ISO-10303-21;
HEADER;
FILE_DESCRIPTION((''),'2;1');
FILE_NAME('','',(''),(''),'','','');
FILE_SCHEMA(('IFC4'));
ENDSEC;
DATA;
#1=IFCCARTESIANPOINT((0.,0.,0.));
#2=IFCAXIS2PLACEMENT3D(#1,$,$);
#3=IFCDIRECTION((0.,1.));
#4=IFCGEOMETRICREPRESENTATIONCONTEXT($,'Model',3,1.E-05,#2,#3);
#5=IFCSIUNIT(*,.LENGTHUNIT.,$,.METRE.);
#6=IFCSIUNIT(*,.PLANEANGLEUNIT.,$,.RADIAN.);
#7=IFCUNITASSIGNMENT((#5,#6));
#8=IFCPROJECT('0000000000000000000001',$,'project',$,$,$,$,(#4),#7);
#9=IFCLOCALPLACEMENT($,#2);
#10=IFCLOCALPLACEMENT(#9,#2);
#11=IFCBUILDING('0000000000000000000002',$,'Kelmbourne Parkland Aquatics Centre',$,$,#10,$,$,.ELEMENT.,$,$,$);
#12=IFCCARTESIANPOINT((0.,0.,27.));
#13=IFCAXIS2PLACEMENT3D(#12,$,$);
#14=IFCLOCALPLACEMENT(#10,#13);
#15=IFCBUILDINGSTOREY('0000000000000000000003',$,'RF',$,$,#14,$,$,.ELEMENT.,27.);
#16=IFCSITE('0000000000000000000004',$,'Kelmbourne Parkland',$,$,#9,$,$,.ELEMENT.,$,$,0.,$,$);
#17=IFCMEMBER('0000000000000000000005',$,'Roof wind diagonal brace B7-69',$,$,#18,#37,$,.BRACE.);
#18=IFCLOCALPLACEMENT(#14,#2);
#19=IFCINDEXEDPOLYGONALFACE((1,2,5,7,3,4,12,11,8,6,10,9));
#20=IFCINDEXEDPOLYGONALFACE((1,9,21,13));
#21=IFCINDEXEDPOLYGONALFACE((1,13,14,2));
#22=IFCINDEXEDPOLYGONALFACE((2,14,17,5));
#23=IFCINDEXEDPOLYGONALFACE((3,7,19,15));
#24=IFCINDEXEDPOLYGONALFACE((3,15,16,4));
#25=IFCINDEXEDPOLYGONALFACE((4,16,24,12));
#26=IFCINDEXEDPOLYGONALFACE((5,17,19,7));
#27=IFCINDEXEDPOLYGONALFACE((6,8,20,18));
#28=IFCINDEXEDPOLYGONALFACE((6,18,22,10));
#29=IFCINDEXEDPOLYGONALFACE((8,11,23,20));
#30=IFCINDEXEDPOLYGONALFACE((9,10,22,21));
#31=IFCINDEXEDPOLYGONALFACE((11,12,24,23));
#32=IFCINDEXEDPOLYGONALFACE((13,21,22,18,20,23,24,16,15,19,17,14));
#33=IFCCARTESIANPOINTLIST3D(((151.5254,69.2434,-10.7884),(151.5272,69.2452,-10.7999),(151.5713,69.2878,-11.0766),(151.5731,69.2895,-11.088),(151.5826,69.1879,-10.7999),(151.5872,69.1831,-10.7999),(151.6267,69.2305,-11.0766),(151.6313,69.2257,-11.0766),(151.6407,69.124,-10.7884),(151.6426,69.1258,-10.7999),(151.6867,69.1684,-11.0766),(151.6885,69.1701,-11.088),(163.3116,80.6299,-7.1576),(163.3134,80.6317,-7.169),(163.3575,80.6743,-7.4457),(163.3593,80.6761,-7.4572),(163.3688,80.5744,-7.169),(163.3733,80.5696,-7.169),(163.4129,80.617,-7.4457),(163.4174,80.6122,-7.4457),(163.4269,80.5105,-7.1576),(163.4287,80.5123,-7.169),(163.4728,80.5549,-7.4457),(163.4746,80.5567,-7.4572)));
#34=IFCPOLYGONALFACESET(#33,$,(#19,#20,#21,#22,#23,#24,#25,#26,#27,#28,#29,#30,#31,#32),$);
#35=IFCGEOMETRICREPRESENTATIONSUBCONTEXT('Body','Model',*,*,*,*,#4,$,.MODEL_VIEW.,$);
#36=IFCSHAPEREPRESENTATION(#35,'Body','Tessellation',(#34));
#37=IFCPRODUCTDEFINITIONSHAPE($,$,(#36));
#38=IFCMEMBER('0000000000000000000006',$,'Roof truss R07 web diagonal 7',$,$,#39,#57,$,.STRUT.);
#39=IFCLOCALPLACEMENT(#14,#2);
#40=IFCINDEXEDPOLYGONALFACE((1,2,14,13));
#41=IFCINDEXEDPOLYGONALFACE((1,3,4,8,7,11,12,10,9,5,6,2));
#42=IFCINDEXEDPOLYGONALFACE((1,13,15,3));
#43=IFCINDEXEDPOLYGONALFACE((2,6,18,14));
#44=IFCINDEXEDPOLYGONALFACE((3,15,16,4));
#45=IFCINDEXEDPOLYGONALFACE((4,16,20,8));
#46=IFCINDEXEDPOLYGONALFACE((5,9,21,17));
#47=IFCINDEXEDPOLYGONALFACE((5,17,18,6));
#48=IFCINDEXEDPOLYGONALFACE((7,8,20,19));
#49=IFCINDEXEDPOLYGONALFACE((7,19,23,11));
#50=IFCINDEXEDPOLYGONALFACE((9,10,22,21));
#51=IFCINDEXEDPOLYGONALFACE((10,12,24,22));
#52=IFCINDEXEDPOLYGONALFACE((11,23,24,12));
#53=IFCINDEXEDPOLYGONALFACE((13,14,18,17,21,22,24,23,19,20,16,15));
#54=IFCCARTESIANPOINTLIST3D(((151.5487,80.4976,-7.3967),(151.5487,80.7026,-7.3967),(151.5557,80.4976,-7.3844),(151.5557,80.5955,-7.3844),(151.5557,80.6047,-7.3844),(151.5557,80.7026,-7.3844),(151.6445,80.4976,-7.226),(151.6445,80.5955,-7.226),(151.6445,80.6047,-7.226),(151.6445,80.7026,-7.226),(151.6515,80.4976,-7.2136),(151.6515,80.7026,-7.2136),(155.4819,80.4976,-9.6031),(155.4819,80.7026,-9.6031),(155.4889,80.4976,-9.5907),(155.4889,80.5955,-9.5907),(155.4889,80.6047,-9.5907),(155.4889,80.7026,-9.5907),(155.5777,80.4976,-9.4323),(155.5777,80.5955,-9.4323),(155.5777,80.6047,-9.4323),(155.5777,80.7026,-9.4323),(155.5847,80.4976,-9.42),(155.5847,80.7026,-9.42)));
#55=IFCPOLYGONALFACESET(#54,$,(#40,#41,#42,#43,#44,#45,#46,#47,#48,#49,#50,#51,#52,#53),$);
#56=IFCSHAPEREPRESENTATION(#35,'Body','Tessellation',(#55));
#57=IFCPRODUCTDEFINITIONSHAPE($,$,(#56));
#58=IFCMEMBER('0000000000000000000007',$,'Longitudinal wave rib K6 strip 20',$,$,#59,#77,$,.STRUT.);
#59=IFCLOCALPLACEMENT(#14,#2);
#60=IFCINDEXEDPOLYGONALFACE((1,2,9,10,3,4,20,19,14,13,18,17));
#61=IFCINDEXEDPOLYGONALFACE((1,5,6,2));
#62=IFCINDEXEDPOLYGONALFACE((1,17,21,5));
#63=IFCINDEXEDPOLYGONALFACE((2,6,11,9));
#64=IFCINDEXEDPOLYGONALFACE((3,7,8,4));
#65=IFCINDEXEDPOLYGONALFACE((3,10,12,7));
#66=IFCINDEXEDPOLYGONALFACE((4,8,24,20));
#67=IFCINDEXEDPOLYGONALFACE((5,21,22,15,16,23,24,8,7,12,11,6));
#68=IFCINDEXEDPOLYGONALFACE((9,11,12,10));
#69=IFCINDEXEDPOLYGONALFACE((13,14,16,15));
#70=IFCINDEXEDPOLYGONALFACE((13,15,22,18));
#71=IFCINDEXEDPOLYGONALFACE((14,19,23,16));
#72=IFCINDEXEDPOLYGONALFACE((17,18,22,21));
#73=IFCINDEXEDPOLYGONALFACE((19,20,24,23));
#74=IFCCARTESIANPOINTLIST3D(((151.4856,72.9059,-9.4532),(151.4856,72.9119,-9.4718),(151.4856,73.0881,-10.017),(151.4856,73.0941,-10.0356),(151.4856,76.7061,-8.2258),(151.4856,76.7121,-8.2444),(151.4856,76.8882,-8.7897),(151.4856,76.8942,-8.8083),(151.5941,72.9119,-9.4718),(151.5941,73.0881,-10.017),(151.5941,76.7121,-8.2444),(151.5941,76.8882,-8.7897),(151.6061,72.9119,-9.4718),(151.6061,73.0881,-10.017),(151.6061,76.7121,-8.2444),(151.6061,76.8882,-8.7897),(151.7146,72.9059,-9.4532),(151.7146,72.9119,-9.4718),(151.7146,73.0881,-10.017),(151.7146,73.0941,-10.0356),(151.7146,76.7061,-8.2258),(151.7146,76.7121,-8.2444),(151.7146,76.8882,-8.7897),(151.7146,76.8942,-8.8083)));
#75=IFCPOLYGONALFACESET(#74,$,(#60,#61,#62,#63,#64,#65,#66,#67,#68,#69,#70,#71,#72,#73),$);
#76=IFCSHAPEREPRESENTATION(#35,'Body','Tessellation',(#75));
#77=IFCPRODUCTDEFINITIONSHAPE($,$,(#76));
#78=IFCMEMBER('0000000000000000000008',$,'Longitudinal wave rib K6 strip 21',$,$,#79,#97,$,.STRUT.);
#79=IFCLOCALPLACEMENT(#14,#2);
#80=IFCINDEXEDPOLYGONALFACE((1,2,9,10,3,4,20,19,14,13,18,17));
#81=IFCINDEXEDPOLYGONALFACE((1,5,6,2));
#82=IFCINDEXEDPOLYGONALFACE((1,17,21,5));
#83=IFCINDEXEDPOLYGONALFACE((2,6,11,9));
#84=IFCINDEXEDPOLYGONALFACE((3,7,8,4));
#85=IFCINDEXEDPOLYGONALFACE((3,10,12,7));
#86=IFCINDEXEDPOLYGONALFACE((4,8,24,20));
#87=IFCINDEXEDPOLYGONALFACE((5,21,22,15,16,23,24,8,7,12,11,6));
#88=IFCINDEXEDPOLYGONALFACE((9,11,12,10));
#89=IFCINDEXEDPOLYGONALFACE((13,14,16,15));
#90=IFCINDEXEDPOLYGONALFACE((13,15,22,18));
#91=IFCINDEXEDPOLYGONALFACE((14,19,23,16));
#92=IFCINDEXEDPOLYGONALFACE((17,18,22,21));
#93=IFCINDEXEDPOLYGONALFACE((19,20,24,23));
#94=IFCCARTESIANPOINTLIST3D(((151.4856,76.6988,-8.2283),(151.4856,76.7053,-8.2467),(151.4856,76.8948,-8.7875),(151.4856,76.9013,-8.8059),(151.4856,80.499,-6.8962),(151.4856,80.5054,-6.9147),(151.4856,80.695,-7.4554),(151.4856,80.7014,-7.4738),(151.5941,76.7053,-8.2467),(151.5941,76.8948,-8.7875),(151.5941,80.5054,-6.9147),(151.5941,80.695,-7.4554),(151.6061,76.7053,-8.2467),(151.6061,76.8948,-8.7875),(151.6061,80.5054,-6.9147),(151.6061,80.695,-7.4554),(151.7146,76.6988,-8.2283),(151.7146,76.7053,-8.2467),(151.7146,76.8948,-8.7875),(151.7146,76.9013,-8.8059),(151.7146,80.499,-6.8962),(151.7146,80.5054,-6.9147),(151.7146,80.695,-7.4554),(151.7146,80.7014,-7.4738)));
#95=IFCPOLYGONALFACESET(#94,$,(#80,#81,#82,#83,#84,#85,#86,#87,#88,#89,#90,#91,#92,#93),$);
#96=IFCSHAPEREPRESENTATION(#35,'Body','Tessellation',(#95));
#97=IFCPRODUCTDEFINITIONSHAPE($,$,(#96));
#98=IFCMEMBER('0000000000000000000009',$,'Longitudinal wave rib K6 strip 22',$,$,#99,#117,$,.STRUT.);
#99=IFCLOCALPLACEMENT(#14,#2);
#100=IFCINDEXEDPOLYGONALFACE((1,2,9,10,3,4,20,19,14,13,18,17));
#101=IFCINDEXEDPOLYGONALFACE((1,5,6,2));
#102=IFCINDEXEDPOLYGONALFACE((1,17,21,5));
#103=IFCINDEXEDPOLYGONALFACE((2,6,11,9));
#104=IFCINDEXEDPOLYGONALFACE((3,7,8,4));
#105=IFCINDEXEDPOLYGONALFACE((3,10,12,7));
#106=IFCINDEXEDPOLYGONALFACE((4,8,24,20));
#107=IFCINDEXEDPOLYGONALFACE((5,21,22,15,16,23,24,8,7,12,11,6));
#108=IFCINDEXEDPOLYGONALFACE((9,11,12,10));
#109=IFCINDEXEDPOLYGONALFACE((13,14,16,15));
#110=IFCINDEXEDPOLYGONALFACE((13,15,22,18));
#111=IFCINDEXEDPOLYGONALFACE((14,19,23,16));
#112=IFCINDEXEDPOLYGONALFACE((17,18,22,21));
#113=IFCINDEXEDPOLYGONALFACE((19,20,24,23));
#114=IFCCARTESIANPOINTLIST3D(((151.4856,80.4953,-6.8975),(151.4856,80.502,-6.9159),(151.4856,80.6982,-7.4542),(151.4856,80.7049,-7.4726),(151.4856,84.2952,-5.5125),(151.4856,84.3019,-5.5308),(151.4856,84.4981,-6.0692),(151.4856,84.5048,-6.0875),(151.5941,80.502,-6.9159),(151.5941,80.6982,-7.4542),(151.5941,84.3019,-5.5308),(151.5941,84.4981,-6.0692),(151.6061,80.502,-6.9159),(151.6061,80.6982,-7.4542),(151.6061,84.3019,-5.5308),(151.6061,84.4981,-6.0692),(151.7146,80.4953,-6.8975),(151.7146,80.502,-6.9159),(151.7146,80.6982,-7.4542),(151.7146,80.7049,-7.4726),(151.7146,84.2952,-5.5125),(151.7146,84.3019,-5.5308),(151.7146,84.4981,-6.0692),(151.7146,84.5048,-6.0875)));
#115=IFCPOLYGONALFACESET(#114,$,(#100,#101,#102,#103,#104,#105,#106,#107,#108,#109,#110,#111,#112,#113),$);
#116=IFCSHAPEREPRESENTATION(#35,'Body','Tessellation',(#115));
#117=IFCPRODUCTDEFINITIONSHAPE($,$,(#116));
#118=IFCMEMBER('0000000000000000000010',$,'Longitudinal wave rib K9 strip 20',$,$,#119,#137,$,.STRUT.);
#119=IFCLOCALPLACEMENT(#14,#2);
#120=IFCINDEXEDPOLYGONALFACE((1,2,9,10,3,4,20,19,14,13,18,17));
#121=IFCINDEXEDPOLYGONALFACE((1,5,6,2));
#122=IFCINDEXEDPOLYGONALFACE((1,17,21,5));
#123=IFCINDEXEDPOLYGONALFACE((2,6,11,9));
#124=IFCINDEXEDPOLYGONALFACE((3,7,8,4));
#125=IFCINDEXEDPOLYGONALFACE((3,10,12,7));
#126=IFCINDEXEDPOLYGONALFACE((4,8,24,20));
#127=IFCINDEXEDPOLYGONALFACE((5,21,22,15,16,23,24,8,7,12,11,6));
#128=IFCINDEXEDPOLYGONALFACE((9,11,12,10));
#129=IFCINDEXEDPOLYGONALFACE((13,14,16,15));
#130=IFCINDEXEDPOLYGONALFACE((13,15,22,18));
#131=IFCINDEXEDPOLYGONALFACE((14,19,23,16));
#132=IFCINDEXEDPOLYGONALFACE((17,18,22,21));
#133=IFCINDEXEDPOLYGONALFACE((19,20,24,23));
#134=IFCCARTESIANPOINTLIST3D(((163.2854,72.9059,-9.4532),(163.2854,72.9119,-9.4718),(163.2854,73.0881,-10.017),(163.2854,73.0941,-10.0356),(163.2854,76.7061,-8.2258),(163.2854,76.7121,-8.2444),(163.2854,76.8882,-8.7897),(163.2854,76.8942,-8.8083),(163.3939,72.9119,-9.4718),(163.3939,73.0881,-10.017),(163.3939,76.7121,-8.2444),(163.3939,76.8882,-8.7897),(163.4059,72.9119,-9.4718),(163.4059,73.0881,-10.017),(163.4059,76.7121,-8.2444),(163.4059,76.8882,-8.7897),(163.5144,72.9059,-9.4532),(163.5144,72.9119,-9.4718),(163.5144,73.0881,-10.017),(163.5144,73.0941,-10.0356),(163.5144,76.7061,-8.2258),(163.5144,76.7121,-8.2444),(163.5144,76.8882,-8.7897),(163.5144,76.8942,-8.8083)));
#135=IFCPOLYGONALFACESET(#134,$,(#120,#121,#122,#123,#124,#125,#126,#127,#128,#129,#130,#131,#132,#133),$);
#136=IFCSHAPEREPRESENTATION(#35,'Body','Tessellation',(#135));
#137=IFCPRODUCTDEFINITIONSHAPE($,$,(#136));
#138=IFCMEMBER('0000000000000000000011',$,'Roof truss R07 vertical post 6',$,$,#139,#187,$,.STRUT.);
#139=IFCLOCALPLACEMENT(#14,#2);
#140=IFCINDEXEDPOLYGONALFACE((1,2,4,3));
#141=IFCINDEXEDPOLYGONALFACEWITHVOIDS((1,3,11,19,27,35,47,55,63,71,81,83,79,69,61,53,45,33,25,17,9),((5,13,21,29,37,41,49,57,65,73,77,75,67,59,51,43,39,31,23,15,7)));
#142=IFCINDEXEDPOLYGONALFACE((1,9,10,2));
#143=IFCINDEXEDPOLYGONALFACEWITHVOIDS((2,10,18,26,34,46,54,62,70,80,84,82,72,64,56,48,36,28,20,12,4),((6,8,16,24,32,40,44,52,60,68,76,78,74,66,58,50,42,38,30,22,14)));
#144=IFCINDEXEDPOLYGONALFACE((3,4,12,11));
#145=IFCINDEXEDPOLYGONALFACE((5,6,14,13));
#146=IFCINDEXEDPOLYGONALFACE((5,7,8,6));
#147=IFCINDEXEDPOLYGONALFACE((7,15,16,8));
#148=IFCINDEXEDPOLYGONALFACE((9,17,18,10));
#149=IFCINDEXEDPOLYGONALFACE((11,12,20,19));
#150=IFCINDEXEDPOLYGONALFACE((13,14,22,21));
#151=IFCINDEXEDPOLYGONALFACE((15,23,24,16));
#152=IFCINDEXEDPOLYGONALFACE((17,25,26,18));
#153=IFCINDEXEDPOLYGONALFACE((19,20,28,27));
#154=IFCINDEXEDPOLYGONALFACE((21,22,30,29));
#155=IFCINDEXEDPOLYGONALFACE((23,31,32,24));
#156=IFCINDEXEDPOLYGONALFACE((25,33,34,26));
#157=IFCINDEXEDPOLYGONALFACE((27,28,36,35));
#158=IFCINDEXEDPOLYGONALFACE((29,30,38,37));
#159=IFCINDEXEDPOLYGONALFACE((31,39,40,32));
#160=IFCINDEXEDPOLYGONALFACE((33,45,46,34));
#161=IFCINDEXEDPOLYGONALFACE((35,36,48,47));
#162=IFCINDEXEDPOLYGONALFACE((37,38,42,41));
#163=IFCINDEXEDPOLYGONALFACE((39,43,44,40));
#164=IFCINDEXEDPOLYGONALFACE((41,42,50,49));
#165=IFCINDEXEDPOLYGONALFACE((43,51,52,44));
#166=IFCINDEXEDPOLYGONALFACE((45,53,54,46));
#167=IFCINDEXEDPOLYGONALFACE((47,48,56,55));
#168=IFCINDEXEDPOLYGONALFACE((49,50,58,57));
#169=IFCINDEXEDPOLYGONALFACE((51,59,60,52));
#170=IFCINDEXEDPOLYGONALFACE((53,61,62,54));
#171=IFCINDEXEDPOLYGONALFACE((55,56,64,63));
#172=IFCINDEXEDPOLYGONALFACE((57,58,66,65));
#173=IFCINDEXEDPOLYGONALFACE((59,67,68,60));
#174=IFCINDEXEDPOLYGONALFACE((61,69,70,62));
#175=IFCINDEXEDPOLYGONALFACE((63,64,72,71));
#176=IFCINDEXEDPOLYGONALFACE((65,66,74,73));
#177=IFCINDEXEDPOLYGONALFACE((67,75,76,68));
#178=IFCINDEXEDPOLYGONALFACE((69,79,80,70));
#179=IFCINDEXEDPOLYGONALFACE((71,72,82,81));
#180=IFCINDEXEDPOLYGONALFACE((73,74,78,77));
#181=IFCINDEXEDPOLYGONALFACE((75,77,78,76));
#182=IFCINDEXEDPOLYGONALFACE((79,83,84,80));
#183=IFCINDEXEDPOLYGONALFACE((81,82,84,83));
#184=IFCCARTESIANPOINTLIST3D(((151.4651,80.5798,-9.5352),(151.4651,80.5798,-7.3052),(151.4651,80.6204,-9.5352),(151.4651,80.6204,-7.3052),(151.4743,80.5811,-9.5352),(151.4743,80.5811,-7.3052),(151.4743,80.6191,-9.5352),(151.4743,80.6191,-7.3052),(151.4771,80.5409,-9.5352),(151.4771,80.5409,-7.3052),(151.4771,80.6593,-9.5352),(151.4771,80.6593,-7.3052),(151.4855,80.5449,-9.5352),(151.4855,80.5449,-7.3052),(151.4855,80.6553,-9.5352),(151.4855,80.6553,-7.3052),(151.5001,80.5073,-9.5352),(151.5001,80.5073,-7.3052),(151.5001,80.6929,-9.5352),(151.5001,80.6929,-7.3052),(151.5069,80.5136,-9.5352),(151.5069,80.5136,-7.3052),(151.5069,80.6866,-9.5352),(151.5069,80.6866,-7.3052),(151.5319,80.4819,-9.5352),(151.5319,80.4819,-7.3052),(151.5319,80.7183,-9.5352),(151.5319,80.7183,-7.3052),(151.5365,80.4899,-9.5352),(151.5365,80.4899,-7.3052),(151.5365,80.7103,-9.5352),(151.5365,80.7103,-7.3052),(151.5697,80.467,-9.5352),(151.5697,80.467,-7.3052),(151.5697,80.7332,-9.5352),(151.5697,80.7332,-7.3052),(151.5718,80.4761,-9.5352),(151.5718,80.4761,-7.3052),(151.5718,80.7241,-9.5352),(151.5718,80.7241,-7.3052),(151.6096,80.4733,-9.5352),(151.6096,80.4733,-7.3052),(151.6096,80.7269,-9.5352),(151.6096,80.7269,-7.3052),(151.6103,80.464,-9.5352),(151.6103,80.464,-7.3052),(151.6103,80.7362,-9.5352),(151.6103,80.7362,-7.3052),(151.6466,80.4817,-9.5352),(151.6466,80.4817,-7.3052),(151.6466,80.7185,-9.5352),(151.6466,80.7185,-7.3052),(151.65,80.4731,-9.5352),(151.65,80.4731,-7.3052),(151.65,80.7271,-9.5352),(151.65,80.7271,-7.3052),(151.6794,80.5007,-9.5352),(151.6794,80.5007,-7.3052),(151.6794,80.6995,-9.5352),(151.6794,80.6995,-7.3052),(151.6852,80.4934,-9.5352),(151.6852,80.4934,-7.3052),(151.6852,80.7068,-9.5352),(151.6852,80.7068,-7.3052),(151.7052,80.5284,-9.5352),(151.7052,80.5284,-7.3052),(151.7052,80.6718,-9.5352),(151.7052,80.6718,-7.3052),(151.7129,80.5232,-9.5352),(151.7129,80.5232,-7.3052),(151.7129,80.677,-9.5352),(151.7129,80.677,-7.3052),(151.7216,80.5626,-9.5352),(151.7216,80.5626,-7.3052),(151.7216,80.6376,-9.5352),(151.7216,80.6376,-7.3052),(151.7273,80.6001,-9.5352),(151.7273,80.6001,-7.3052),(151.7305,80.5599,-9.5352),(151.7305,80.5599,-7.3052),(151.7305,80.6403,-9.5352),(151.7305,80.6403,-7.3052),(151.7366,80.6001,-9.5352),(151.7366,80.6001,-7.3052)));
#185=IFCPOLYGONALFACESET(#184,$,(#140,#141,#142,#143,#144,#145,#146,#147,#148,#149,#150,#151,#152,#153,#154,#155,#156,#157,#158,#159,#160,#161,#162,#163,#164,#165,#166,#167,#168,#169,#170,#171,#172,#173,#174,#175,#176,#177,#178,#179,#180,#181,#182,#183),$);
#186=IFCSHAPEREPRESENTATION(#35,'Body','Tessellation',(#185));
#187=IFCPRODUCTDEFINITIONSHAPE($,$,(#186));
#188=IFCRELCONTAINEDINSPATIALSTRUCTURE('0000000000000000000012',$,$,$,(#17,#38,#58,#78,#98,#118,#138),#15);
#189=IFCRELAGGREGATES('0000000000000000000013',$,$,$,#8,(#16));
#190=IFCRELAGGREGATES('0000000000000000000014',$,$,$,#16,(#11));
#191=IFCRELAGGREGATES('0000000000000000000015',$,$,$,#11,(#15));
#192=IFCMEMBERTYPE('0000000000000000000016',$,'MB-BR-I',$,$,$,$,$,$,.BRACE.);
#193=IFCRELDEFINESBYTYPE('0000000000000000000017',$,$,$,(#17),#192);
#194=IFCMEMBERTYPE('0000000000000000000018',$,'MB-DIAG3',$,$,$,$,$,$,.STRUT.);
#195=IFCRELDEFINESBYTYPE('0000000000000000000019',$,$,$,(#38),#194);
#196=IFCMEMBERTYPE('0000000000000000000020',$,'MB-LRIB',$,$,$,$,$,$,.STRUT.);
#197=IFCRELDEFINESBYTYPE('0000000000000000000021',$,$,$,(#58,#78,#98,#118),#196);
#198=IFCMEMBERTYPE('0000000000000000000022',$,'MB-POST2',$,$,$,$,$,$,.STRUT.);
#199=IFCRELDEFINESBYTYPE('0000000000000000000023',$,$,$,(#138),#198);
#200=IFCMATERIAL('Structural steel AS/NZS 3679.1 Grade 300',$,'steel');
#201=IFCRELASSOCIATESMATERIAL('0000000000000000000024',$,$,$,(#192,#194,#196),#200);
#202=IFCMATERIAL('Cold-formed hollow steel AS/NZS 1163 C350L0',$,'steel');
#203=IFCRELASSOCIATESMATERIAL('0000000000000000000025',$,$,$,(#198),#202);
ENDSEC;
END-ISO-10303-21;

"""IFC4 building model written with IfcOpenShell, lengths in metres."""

from ifc_helpers import new_model, si_unit, direction, frame, origin, origin_2d, place, context, subcontext, project, spatial, hollow_circle, i_section, extrude, material, material_profile, profile_set, type_object, element, save


model = new_model("IFC4")

# Units and contexts
model_context = context("Model", 3, precision=1e-05, world=origin(), true_north=direction((0.0, 1.0)))
body_context = subcontext(model_context, "Body", "Model", "MODEL_VIEW")
ifc_project = project(units=[si_unit("LENGTHUNIT", "METRE"), si_unit("PLANEANGLEUNIT", "RADIAN")], contexts=[model_context])

# Site, building, storey
site_placement = place(None, origin())
site = spatial("IfcSite", under=ifc_project, at=site_placement, Name="Kelmbourne Parkland", CompositionType="ELEMENT", RefElevation=0.0)
building_placement = place(site_placement, origin())
building = spatial("IfcBuilding", under=site, at=building_placement, Name="Kelmbourne Parkland Aquatics Centre", CompositionType="ELEMENT")
storey_placement = place(building_placement, frame((0.0, 0.0, 27.0)))
storey = spatial("IfcBuildingStorey", under=building, at=storey_placement, Name="RF", CompositionType="ELEMENT", Elevation=27.0)

# Members
ifc_material_1 = material(Name="Structural steel AS/NZS 3679.1 Grade 300", Category="steel")
ifc_material_profile_1 = material_profile(ifc_material_1, i_section(OverallWidth=0.166, OverallDepth=0.3069, WebThickness=0.0066, FlangeThickness=0.0117, at=origin_2d()), Name="310UB46.2")
ifc_profile_set_1 = profile_set([ifc_material_profile_1], Name="Structural steel AS/NZS 3679.1 Grade 300")
member_type_1 = type_object("IfcMemberType", Name="MB-BR-I", PredefinedType="BRACE", material=ifc_profile_set_1)
member_1_placement = place(storey_placement, frame((151.6069, 69.2068, -10.9382), z_axis=(0.702168, 0.678358, 0.216311), x_axis=(-0.694808, 0.719195, 0.0)))
element("IfcMember", 1, at=member_1_placement, inside=storey, type_object=member_type_1, Name="Roof wind diagonal brace B7-69", PredefinedType="BRACE", context=body_context, shape_type="SweptSolid", body=[
    extrude(i_section(OverallWidth=0.166, OverallDepth=0.3069, WebThickness=0.0066, FlangeThickness=0.0117, at=origin_2d()), origin(), (0.0, 0.0, 1.0), 16.7854),
])
ifc_material_profile_2 = material_profile(ifc_material_1, i_section(OverallWidth=0.2051, OverallDepth=0.21, WebThickness=0.0093, FlangeThickness=0.0142, at=origin_2d()), Name="200UC59.5")
ifc_profile_set_2 = profile_set([ifc_material_profile_2], Name="Structural steel AS/NZS 3679.1 Grade 300")
member_type_2 = type_object("IfcMemberType", Name="MB-DIAG3", PredefinedType="STRUT", material=ifc_profile_set_2)
member_2_placement = place(storey_placement, frame((151.6001, 80.6001, -7.3052), z_axis=(0.87215, 0.0, -0.489238), x_axis=(0.0, 1.0, 0.0)))
element("IfcMember", 2, at=member_2_placement, inside=storey, type_object=member_type_2, Name="Roof truss R07 web diagonal 7", PredefinedType="STRUT", context=body_context, shape_type="SweptSolid", body=[
    extrude(i_section(OverallWidth=0.2051, OverallDepth=0.21, WebThickness=0.0093, FlangeThickness=0.0142, at=origin_2d()), origin(), (0.0, 0.0, 1.0), 4.5098),
])
ifc_material_profile_3 = material_profile(ifc_material_1, i_section(OverallWidth=0.229, OverallDepth=0.6121, WebThickness=0.012, FlangeThickness=0.0195, at=origin_2d()), Name="610UB125")
ifc_profile_set_3 = profile_set([ifc_material_profile_3], Name="Structural steel AS/NZS 3679.1 Grade 300")
member_type_3 = type_object("IfcMemberType", Name="MB-LRIB", PredefinedType="STRUT", material=ifc_profile_set_3)
member_3_placement = place(storey_placement, frame((151.6001, 73.0, -9.7444), z_axis=(0.0, 0.951601, 0.307337), x_axis=(-1.0, 0.0, 0.0)))
element("IfcMember", 3, at=member_3_placement, inside=storey, type_object=member_type_3, Name="Longitudinal wave rib K6 strip 20", PredefinedType="STRUT", context=body_context, shape_type="SweptSolid", body=[
    extrude(i_section(OverallWidth=0.229, OverallDepth=0.6121, WebThickness=0.012, FlangeThickness=0.0195, at=origin_2d()), origin(), (0.0, 0.0, 1.0), 3.9934),
])
member_4_placement = place(storey_placement, frame((151.6001, 76.8, -8.5171), z_axis=(0.0, 0.943702, 0.330796), x_axis=(-1.0, 0.0, 0.0)))
element("IfcMember", 4, at=member_4_placement, inside=storey, type_object=member_type_3, Name="Longitudinal wave rib K6 strip 21", PredefinedType="STRUT", context=body_context, shape_type="SweptSolid", body=[
    extrude(i_section(OverallWidth=0.229, OverallDepth=0.6121, WebThickness=0.012, FlangeThickness=0.0195, at=origin_2d()), origin(), (0.0, 0.0, 1.0), 4.0269),
])
member_5_placement = place(storey_placement, frame((151.6001, 80.6001, -7.1851), z_axis=(0.0, 0.939534, 0.342455), x_axis=(-1.0, 0.0, 0.0)))
element("IfcMember", 5, at=member_5_placement, inside=storey, type_object=member_type_3, Name="Longitudinal wave rib K6 strip 22", PredefinedType="STRUT", context=body_context, shape_type="SweptSolid", body=[
    extrude(i_section(OverallWidth=0.229, OverallDepth=0.6121, WebThickness=0.012, FlangeThickness=0.0195, at=origin_2d()), origin(), (0.0, 0.0, 1.0), 4.0444),
])
member_6_placement = place(storey_placement, frame((163.3999, 73.0, -9.7444), z_axis=(0.0, 0.951601, 0.307337), x_axis=(-1.0, 0.0, 0.0)))
element("IfcMember", 6, at=member_6_placement, inside=storey, type_object=member_type_3, Name="Longitudinal wave rib K9 strip 20", PredefinedType="STRUT", context=body_context, shape_type="SweptSolid", body=[
    extrude(i_section(OverallWidth=0.229, OverallDepth=0.6121, WebThickness=0.012, FlangeThickness=0.0195, at=origin_2d()), origin(), (0.0, 0.0, 1.0), 3.9934),
])
ifc_material_2 = material(Name="Cold-formed hollow steel AS/NZS 1163 C350L0", Category="steel")
ifc_material_profile_4 = material_profile(ifc_material_2, hollow_circle(Radius=0.1365, WallThickness=0.0093, at=origin_2d()), Name="CHS 273.1x9.3")
ifc_profile_set_4 = profile_set([ifc_material_profile_4], Name="Cold-formed hollow steel AS/NZS 1163 C350L0")
member_type_4 = type_object("IfcMemberType", Name="MB-POST2", PredefinedType="STRUT", material=ifc_profile_set_4)
member_7_placement = place(storey_placement, frame((151.6001, 80.6001, -9.5352), z_axis=(0.0, 0.0, 1.0), x_axis=(1.0, 0.0, 0.0)))
element("IfcMember", 7, at=member_7_placement, inside=storey, type_object=member_type_4, Name="Roof truss R07 vertical post 6", PredefinedType="STRUT", context=body_context, shape_type="SweptSolid", body=[
    extrude(hollow_circle(Radius=0.1365, WallThickness=0.0093, at=origin_2d()), origin(), (0.0, 0.0, 1.0), 2.23),
])

save(model, "model.ifc")
